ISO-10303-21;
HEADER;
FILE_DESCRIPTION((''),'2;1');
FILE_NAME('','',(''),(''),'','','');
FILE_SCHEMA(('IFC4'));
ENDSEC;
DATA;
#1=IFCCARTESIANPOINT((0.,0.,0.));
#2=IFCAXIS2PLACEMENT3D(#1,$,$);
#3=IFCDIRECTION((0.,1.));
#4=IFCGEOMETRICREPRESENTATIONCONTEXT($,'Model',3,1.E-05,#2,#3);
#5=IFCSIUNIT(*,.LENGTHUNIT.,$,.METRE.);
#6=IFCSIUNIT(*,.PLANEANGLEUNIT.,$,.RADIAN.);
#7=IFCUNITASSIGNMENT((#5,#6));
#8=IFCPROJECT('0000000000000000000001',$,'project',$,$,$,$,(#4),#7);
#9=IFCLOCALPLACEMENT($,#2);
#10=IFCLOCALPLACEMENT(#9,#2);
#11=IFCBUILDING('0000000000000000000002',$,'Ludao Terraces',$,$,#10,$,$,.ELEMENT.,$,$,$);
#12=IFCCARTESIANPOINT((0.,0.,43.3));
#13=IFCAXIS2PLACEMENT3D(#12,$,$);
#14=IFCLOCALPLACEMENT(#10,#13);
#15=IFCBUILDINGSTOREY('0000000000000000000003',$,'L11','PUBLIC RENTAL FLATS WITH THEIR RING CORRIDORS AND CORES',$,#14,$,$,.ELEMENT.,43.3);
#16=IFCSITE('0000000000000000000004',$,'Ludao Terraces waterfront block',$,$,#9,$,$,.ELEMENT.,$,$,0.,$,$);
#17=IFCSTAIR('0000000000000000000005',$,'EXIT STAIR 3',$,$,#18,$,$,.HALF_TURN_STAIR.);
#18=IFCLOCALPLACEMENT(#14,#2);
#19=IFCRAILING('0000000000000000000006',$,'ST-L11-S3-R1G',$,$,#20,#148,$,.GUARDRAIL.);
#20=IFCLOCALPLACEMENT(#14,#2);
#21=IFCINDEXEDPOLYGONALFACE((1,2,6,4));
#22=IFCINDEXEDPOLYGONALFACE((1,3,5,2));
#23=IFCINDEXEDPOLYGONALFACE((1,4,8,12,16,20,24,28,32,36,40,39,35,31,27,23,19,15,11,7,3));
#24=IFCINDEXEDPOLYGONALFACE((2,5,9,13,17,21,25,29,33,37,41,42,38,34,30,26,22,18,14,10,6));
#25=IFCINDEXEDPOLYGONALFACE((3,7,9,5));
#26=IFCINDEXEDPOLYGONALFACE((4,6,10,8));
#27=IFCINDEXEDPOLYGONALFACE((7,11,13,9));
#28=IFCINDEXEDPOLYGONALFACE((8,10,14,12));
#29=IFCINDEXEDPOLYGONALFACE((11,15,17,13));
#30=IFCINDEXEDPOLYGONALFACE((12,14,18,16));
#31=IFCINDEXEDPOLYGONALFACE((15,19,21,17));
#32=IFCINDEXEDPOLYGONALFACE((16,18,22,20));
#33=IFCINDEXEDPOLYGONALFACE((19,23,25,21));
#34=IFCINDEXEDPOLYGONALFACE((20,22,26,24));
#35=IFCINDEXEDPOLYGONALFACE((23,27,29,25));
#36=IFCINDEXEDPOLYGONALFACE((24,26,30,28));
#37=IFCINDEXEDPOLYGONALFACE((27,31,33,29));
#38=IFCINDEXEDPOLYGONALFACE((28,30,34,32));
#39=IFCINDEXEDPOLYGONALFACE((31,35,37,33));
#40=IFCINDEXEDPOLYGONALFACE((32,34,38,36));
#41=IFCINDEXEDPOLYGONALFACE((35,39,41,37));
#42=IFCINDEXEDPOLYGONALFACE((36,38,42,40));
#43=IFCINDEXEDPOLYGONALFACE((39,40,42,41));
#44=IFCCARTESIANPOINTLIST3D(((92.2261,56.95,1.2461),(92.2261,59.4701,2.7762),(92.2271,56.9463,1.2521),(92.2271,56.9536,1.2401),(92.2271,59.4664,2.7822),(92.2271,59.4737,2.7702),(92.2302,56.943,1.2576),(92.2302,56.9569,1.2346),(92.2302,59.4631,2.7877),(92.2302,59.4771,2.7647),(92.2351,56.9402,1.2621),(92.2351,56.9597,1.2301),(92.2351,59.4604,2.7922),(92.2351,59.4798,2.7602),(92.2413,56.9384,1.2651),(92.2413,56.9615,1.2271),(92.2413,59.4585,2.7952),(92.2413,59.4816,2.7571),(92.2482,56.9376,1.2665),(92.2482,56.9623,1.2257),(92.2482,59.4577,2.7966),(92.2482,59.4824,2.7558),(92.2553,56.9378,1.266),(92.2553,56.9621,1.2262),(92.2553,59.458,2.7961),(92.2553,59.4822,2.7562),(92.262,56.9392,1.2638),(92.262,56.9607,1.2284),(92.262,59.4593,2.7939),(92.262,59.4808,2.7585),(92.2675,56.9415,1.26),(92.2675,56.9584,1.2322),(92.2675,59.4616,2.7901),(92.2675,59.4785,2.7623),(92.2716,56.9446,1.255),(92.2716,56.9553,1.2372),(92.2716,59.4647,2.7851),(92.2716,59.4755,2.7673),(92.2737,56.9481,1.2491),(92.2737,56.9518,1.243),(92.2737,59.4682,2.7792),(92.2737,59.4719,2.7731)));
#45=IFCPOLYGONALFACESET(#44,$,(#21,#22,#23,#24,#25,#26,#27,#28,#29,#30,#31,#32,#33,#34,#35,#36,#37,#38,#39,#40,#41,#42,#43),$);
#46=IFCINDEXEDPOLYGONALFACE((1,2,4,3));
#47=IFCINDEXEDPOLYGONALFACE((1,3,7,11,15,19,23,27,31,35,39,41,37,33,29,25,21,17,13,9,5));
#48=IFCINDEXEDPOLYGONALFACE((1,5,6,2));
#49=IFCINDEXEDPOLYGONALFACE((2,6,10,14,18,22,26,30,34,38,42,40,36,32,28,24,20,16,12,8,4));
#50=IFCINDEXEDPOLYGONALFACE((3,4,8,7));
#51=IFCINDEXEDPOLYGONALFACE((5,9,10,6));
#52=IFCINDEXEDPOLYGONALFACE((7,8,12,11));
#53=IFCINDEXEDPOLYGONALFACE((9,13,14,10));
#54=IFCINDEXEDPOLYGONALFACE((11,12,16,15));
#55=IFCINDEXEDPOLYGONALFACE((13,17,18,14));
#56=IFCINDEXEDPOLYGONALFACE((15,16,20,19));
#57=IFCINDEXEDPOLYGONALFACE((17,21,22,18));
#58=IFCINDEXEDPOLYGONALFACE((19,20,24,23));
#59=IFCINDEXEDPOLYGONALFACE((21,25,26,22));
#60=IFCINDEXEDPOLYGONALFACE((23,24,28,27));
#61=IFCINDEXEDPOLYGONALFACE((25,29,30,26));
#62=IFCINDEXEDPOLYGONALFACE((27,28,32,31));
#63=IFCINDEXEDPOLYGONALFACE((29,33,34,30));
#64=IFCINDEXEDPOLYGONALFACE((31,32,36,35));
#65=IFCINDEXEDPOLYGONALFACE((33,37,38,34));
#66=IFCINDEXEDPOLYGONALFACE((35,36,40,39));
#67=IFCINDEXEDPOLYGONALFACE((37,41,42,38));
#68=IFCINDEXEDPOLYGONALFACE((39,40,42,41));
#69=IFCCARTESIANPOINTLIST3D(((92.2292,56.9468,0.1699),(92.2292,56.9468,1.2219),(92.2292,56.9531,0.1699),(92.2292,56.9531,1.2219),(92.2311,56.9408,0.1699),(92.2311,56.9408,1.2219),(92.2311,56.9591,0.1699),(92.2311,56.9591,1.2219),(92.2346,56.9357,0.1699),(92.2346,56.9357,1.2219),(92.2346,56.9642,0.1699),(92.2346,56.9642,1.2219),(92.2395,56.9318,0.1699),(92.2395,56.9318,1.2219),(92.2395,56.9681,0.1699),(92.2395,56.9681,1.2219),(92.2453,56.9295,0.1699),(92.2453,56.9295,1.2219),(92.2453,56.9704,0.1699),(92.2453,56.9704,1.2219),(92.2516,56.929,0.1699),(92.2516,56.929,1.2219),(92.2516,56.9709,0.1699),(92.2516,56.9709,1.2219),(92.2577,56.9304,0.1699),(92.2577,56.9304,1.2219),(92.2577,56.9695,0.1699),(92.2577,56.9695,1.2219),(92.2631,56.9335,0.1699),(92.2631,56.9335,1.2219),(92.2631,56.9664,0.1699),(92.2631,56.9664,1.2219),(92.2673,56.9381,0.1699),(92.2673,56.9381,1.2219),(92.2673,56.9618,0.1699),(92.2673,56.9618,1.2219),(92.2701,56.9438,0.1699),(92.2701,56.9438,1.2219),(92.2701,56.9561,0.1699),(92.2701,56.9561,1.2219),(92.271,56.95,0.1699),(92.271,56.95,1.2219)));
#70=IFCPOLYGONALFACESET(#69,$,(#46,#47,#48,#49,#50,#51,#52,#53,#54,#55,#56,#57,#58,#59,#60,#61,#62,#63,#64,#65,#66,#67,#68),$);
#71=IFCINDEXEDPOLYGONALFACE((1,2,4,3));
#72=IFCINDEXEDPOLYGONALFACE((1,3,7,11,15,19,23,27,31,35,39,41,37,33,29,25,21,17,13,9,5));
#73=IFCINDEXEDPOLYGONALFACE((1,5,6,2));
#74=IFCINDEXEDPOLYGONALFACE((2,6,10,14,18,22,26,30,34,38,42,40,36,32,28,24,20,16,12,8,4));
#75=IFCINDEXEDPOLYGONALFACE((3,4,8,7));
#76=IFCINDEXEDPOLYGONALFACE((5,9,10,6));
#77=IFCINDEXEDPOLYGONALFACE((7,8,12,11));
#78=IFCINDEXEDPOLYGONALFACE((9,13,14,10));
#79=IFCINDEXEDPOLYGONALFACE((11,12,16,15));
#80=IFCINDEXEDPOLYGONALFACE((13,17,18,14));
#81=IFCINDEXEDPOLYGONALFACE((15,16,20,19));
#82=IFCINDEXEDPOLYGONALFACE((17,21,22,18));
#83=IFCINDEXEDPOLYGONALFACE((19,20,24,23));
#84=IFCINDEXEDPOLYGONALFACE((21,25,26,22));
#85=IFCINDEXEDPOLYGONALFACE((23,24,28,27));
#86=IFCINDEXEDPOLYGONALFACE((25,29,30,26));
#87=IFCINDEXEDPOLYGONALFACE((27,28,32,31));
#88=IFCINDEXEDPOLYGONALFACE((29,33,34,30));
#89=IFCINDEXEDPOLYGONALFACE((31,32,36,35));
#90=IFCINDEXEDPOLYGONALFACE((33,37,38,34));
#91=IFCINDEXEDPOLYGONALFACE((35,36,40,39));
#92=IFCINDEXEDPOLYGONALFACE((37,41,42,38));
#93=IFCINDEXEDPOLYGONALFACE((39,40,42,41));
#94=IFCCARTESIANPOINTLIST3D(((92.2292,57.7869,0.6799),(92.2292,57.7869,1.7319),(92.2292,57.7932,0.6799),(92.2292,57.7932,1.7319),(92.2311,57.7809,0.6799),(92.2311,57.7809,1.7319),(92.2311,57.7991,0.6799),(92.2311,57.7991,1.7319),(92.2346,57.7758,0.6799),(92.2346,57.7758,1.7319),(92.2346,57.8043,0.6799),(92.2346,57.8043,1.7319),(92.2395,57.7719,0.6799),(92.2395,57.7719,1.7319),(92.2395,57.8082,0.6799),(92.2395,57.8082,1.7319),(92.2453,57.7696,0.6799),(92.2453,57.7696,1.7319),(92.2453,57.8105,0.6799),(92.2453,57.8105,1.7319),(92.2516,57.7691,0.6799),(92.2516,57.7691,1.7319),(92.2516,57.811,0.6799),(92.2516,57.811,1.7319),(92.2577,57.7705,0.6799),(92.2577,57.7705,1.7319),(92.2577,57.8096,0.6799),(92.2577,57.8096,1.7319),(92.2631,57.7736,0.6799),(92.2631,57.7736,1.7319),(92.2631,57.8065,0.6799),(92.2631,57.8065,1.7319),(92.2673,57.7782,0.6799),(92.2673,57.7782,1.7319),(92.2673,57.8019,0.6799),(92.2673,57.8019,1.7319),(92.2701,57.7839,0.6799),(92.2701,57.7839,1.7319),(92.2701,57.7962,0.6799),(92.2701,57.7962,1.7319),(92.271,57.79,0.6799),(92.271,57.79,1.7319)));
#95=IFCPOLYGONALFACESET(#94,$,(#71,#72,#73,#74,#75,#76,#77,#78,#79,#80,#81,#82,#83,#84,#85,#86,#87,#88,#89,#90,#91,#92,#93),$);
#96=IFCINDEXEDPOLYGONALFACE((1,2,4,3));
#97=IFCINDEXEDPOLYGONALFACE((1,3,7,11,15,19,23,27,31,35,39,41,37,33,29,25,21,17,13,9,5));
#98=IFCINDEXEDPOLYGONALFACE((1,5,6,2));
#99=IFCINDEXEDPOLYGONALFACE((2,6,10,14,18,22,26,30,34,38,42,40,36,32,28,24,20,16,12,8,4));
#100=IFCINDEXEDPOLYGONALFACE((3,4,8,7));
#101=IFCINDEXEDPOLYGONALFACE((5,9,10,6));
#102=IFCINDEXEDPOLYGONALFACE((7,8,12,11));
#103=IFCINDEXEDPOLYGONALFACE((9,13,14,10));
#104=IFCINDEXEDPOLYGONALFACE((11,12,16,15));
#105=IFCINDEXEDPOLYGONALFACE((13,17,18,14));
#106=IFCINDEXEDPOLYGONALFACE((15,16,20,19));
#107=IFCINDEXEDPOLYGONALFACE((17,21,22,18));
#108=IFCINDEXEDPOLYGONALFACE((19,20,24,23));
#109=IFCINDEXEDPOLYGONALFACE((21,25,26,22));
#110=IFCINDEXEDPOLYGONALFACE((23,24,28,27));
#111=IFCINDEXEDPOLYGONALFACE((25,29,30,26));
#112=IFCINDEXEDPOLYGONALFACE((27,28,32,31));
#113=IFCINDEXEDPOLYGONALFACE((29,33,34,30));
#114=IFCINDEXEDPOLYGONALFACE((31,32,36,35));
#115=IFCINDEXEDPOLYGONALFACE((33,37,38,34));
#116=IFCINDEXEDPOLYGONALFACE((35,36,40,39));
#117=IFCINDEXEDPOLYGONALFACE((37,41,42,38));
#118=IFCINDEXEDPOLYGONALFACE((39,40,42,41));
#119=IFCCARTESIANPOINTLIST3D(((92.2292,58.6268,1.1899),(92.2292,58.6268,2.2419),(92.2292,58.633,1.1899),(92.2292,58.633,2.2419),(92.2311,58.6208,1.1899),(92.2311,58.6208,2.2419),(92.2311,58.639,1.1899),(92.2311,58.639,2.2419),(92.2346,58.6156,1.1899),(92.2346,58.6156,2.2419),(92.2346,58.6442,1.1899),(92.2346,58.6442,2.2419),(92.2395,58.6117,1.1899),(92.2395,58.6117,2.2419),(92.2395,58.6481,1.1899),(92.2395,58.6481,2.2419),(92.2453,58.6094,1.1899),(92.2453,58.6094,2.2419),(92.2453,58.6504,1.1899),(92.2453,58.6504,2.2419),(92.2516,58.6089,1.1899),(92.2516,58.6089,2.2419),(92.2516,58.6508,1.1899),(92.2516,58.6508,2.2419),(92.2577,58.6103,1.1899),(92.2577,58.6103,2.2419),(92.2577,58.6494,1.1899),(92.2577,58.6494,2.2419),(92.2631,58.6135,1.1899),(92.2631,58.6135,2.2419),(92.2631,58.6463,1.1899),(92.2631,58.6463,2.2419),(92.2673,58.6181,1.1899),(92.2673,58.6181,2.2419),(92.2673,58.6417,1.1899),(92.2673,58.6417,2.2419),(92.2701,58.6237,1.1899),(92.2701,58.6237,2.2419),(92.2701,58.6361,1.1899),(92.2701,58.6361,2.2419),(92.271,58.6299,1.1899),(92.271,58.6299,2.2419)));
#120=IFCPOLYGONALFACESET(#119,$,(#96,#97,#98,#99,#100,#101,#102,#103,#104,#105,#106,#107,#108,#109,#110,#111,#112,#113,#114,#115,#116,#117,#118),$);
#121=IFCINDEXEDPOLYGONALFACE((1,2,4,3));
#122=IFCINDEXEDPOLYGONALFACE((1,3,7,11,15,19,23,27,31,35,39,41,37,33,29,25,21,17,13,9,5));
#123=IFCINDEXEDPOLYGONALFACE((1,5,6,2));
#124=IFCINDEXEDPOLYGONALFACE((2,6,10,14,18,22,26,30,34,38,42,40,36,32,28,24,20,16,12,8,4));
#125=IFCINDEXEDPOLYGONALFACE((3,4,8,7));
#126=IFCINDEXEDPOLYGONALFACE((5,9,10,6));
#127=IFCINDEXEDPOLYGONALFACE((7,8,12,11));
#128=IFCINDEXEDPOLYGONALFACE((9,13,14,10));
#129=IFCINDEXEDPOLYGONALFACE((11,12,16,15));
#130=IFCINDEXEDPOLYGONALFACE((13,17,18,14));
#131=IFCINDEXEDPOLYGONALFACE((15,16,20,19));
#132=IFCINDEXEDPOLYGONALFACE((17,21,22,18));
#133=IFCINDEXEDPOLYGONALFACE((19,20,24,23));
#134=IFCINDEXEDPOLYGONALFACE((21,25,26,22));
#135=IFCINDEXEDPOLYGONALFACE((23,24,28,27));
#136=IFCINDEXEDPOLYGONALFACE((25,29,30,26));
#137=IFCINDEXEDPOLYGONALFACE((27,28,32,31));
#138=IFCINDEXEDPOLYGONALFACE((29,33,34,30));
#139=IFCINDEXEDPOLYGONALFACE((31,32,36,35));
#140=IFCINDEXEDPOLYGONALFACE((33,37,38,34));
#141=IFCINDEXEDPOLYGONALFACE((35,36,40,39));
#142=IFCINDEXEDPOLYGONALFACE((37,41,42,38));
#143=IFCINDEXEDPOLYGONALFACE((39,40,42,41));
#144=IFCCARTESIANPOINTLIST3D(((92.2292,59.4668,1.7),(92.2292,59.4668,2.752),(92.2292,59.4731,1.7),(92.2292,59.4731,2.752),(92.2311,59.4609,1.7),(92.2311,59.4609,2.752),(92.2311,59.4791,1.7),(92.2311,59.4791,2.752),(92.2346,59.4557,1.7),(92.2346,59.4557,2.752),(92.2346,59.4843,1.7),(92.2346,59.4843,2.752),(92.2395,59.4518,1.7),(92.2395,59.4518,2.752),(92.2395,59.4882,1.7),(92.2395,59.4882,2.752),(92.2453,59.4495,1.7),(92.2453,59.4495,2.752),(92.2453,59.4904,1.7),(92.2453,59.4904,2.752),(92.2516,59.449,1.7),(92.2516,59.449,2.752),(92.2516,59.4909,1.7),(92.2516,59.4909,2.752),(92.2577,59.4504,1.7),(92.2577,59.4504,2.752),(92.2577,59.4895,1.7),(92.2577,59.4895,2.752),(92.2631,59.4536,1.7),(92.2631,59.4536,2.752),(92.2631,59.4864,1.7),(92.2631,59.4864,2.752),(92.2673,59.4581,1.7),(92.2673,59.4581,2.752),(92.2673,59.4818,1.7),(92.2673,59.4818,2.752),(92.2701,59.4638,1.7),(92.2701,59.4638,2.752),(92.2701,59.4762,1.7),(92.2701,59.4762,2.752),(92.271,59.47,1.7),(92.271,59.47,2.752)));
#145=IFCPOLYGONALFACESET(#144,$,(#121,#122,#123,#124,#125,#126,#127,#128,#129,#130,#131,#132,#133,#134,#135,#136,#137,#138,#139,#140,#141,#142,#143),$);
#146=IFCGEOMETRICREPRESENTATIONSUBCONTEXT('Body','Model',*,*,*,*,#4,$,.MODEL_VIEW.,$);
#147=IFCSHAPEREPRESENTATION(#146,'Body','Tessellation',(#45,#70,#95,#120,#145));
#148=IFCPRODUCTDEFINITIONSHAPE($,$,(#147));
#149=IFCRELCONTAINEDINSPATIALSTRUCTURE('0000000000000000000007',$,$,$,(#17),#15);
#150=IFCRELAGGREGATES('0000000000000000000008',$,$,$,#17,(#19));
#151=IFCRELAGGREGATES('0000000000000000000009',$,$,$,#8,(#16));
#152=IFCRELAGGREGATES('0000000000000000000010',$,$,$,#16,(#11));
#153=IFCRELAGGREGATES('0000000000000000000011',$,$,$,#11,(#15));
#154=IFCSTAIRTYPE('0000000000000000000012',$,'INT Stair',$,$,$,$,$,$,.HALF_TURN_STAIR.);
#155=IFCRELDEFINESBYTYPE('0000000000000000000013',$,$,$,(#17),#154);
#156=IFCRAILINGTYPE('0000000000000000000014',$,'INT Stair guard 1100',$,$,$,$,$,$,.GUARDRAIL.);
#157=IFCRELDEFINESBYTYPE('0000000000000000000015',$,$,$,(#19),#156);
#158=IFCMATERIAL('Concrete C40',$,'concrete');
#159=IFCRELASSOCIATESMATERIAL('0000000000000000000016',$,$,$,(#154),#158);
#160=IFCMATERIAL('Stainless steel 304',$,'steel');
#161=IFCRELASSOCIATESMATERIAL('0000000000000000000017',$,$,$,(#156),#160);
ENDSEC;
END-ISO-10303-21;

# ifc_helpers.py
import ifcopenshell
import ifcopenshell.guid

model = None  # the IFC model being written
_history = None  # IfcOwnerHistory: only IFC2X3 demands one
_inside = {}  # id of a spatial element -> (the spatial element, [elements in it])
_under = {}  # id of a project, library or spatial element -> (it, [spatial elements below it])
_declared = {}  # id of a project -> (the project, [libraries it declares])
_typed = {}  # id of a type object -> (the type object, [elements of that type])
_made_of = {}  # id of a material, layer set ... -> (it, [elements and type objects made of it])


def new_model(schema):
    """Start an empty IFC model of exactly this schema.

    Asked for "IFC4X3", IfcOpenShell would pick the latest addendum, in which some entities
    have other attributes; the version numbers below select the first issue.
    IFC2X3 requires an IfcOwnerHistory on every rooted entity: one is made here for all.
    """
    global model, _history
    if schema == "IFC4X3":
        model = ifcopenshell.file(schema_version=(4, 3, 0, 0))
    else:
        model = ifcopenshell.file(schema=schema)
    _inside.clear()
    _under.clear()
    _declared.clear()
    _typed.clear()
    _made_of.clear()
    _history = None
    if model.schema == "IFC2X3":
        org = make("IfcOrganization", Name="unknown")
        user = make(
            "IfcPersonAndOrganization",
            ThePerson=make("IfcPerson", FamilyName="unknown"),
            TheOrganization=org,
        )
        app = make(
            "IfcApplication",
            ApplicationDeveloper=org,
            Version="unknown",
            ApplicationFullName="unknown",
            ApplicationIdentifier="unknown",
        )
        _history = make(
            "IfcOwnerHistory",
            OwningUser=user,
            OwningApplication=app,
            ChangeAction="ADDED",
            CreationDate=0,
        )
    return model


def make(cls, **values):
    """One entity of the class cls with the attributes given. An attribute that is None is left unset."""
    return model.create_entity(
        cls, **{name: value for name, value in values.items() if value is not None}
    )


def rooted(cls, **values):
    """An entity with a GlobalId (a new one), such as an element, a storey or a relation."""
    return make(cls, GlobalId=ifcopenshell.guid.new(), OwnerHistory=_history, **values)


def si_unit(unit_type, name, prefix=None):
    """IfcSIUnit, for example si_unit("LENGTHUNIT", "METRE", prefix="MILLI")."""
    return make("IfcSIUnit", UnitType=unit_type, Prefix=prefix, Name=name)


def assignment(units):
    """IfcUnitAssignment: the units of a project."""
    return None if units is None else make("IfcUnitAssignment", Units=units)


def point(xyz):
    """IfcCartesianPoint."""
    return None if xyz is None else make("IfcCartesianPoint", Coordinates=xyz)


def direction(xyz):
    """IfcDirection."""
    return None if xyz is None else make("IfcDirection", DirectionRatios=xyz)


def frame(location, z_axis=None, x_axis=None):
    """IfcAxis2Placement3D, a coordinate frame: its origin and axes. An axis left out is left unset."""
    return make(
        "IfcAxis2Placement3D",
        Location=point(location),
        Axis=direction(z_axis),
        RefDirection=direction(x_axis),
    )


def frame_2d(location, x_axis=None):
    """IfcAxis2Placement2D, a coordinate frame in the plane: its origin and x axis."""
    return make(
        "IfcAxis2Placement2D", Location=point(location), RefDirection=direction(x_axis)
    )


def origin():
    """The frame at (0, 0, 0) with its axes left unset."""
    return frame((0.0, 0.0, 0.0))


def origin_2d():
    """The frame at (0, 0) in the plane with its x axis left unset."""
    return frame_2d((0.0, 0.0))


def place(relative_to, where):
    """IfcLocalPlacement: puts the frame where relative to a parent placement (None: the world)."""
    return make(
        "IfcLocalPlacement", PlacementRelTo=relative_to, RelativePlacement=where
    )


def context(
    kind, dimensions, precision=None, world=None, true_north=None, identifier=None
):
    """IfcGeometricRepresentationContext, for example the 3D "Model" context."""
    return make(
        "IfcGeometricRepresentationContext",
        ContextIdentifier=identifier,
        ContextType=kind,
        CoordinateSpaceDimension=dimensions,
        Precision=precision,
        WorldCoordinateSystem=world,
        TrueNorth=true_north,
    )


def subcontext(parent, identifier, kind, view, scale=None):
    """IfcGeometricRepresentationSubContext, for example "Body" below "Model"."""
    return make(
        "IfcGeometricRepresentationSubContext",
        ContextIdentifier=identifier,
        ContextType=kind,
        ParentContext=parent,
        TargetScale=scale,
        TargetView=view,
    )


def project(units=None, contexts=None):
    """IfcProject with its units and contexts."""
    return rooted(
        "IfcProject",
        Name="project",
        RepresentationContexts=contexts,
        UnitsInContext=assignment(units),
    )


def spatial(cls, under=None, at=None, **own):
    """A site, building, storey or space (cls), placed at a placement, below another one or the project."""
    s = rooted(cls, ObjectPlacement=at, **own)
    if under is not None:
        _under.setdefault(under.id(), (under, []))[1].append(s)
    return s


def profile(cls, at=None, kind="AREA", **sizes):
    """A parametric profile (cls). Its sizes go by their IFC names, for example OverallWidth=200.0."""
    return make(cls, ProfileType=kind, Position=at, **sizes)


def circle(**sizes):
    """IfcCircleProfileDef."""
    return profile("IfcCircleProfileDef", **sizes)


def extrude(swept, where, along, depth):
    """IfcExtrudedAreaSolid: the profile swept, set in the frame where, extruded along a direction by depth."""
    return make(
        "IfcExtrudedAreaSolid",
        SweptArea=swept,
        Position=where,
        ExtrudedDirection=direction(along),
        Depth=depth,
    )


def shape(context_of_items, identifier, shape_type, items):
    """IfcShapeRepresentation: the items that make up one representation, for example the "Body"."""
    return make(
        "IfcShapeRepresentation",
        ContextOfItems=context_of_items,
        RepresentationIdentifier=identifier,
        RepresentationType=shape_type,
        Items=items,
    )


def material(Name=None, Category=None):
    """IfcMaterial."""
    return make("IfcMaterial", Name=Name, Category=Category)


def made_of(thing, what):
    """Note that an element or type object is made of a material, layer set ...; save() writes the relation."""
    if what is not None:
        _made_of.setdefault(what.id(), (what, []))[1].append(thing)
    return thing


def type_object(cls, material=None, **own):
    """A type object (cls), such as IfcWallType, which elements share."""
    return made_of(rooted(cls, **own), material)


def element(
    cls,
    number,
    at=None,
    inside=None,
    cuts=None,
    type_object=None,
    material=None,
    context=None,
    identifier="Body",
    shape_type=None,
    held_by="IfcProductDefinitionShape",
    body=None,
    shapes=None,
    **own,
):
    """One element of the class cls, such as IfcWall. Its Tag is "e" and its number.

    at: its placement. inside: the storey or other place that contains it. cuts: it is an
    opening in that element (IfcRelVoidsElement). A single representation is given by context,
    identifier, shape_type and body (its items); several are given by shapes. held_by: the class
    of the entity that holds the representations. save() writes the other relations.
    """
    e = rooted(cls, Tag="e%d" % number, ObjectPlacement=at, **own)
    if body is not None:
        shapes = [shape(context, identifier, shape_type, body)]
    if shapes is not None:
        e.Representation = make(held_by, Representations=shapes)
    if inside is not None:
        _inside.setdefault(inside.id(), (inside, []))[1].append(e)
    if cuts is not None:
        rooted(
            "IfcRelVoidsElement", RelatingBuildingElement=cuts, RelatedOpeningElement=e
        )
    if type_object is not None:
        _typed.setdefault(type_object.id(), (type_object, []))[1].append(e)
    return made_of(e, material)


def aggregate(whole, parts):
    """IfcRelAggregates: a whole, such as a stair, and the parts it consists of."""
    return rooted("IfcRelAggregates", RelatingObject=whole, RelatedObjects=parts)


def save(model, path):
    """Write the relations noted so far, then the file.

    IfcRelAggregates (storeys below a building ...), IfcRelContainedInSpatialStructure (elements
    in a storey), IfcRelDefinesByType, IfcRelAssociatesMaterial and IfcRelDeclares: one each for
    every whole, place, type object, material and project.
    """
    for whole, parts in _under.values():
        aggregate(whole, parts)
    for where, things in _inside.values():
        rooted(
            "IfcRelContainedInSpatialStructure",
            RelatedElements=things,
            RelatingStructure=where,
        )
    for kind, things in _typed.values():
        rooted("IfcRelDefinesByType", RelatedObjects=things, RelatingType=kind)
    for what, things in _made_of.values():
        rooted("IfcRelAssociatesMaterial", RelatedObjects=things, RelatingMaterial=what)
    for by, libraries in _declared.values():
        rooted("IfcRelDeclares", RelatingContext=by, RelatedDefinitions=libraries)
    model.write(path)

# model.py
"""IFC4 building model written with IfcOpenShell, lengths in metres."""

from ifc_helpers import new_model, si_unit, direction, frame, origin, origin_2d, place, context, subcontext, project, spatial, circle, extrude, material, type_object, element, aggregate, save


model = new_model("IFC4")

# Units and contexts
model_context = context("Model", 3, precision=1e-05, world=origin(), true_north=direction((0.0, 1.0)))
body_context = subcontext(model_context, "Body", "Model", "MODEL_VIEW")
ifc_project = project(units=[si_unit("LENGTHUNIT", "METRE"), si_unit("PLANEANGLEUNIT", "RADIAN")], contexts=[model_context])

# Site, building, storey
site_placement = place(None, origin())
site = spatial("IfcSite", under=ifc_project, at=site_placement, Name="Ludao Terraces waterfront block", CompositionType="ELEMENT", RefElevation=0.0)
building_placement = place(site_placement, origin())
building = spatial("IfcBuilding", under=site, at=building_placement, Name="Ludao Terraces", CompositionType="ELEMENT")
storey_placement = place(building_placement, frame((0.0, 0.0, 43.3)))
storey = spatial("IfcBuildingStorey", under=building, at=storey_placement, Name="L11", Description="PUBLIC RENTAL FLATS WITH THEIR RING CORRIDORS AND CORES", CompositionType="ELEMENT", Elevation=43.3)

# Stair, railing
ifc_material_1 = material(Name="Concrete C40", Category="concrete")
stair_type = type_object("IfcStairType", Name="INT Stair", PredefinedType="HALF_TURN_STAIR", material=ifc_material_1)
stair_placement = place(storey_placement, origin())
stair = element("IfcStair", 1, at=stair_placement, inside=storey, type_object=stair_type, Name="EXIT STAIR 3", PredefinedType="HALF_TURN_STAIR")
ifc_material_2 = material(Name="Stainless steel 304", Category="steel")
railing_type_1 = type_object("IfcRailingType", Name="INT Stair guard 1100", PredefinedType="GUARDRAIL", material=ifc_material_2)
railing_1_placement = place(storey_placement, frame((92.25, 56.95, 0.1699)))
railing_1 = element("IfcRailing", 2, at=railing_1_placement, type_object=railing_type_1, Name="ST-L11-S3-R1G", PredefinedType="GUARDRAIL", context=body_context, shape_type="SweptSolid", body=[
    extrude(circle(Radius=0.0239, at=origin_2d()), frame((0.0, 0.0, 1.0762), z_axis=(0.0, 0.854785, 0.518982), x_axis=(-1.0, 0.0, 0.0)), (0.0, 0.0, 1.0), 2.9482),
    extrude(circle(Radius=0.021, at=origin_2d()), origin(), (0.0, 0.0, 1.0), 1.052),
    extrude(circle(Radius=0.021, at=origin_2d()), frame((0.0, 0.8401, 0.51)), (0.0, 0.0, 1.0), 1.052),
    extrude(circle(Radius=0.021, at=origin_2d()), frame((0.0, 1.6799, 1.02)), (0.0, 0.0, 1.0), 1.052),
    extrude(circle(Radius=0.021, at=origin_2d()), frame((0.0, 2.52, 1.53)), (0.0, 0.0, 1.0), 1.052),
])
aggregate(stair, [railing_1])

save(model, "model.ifc")
